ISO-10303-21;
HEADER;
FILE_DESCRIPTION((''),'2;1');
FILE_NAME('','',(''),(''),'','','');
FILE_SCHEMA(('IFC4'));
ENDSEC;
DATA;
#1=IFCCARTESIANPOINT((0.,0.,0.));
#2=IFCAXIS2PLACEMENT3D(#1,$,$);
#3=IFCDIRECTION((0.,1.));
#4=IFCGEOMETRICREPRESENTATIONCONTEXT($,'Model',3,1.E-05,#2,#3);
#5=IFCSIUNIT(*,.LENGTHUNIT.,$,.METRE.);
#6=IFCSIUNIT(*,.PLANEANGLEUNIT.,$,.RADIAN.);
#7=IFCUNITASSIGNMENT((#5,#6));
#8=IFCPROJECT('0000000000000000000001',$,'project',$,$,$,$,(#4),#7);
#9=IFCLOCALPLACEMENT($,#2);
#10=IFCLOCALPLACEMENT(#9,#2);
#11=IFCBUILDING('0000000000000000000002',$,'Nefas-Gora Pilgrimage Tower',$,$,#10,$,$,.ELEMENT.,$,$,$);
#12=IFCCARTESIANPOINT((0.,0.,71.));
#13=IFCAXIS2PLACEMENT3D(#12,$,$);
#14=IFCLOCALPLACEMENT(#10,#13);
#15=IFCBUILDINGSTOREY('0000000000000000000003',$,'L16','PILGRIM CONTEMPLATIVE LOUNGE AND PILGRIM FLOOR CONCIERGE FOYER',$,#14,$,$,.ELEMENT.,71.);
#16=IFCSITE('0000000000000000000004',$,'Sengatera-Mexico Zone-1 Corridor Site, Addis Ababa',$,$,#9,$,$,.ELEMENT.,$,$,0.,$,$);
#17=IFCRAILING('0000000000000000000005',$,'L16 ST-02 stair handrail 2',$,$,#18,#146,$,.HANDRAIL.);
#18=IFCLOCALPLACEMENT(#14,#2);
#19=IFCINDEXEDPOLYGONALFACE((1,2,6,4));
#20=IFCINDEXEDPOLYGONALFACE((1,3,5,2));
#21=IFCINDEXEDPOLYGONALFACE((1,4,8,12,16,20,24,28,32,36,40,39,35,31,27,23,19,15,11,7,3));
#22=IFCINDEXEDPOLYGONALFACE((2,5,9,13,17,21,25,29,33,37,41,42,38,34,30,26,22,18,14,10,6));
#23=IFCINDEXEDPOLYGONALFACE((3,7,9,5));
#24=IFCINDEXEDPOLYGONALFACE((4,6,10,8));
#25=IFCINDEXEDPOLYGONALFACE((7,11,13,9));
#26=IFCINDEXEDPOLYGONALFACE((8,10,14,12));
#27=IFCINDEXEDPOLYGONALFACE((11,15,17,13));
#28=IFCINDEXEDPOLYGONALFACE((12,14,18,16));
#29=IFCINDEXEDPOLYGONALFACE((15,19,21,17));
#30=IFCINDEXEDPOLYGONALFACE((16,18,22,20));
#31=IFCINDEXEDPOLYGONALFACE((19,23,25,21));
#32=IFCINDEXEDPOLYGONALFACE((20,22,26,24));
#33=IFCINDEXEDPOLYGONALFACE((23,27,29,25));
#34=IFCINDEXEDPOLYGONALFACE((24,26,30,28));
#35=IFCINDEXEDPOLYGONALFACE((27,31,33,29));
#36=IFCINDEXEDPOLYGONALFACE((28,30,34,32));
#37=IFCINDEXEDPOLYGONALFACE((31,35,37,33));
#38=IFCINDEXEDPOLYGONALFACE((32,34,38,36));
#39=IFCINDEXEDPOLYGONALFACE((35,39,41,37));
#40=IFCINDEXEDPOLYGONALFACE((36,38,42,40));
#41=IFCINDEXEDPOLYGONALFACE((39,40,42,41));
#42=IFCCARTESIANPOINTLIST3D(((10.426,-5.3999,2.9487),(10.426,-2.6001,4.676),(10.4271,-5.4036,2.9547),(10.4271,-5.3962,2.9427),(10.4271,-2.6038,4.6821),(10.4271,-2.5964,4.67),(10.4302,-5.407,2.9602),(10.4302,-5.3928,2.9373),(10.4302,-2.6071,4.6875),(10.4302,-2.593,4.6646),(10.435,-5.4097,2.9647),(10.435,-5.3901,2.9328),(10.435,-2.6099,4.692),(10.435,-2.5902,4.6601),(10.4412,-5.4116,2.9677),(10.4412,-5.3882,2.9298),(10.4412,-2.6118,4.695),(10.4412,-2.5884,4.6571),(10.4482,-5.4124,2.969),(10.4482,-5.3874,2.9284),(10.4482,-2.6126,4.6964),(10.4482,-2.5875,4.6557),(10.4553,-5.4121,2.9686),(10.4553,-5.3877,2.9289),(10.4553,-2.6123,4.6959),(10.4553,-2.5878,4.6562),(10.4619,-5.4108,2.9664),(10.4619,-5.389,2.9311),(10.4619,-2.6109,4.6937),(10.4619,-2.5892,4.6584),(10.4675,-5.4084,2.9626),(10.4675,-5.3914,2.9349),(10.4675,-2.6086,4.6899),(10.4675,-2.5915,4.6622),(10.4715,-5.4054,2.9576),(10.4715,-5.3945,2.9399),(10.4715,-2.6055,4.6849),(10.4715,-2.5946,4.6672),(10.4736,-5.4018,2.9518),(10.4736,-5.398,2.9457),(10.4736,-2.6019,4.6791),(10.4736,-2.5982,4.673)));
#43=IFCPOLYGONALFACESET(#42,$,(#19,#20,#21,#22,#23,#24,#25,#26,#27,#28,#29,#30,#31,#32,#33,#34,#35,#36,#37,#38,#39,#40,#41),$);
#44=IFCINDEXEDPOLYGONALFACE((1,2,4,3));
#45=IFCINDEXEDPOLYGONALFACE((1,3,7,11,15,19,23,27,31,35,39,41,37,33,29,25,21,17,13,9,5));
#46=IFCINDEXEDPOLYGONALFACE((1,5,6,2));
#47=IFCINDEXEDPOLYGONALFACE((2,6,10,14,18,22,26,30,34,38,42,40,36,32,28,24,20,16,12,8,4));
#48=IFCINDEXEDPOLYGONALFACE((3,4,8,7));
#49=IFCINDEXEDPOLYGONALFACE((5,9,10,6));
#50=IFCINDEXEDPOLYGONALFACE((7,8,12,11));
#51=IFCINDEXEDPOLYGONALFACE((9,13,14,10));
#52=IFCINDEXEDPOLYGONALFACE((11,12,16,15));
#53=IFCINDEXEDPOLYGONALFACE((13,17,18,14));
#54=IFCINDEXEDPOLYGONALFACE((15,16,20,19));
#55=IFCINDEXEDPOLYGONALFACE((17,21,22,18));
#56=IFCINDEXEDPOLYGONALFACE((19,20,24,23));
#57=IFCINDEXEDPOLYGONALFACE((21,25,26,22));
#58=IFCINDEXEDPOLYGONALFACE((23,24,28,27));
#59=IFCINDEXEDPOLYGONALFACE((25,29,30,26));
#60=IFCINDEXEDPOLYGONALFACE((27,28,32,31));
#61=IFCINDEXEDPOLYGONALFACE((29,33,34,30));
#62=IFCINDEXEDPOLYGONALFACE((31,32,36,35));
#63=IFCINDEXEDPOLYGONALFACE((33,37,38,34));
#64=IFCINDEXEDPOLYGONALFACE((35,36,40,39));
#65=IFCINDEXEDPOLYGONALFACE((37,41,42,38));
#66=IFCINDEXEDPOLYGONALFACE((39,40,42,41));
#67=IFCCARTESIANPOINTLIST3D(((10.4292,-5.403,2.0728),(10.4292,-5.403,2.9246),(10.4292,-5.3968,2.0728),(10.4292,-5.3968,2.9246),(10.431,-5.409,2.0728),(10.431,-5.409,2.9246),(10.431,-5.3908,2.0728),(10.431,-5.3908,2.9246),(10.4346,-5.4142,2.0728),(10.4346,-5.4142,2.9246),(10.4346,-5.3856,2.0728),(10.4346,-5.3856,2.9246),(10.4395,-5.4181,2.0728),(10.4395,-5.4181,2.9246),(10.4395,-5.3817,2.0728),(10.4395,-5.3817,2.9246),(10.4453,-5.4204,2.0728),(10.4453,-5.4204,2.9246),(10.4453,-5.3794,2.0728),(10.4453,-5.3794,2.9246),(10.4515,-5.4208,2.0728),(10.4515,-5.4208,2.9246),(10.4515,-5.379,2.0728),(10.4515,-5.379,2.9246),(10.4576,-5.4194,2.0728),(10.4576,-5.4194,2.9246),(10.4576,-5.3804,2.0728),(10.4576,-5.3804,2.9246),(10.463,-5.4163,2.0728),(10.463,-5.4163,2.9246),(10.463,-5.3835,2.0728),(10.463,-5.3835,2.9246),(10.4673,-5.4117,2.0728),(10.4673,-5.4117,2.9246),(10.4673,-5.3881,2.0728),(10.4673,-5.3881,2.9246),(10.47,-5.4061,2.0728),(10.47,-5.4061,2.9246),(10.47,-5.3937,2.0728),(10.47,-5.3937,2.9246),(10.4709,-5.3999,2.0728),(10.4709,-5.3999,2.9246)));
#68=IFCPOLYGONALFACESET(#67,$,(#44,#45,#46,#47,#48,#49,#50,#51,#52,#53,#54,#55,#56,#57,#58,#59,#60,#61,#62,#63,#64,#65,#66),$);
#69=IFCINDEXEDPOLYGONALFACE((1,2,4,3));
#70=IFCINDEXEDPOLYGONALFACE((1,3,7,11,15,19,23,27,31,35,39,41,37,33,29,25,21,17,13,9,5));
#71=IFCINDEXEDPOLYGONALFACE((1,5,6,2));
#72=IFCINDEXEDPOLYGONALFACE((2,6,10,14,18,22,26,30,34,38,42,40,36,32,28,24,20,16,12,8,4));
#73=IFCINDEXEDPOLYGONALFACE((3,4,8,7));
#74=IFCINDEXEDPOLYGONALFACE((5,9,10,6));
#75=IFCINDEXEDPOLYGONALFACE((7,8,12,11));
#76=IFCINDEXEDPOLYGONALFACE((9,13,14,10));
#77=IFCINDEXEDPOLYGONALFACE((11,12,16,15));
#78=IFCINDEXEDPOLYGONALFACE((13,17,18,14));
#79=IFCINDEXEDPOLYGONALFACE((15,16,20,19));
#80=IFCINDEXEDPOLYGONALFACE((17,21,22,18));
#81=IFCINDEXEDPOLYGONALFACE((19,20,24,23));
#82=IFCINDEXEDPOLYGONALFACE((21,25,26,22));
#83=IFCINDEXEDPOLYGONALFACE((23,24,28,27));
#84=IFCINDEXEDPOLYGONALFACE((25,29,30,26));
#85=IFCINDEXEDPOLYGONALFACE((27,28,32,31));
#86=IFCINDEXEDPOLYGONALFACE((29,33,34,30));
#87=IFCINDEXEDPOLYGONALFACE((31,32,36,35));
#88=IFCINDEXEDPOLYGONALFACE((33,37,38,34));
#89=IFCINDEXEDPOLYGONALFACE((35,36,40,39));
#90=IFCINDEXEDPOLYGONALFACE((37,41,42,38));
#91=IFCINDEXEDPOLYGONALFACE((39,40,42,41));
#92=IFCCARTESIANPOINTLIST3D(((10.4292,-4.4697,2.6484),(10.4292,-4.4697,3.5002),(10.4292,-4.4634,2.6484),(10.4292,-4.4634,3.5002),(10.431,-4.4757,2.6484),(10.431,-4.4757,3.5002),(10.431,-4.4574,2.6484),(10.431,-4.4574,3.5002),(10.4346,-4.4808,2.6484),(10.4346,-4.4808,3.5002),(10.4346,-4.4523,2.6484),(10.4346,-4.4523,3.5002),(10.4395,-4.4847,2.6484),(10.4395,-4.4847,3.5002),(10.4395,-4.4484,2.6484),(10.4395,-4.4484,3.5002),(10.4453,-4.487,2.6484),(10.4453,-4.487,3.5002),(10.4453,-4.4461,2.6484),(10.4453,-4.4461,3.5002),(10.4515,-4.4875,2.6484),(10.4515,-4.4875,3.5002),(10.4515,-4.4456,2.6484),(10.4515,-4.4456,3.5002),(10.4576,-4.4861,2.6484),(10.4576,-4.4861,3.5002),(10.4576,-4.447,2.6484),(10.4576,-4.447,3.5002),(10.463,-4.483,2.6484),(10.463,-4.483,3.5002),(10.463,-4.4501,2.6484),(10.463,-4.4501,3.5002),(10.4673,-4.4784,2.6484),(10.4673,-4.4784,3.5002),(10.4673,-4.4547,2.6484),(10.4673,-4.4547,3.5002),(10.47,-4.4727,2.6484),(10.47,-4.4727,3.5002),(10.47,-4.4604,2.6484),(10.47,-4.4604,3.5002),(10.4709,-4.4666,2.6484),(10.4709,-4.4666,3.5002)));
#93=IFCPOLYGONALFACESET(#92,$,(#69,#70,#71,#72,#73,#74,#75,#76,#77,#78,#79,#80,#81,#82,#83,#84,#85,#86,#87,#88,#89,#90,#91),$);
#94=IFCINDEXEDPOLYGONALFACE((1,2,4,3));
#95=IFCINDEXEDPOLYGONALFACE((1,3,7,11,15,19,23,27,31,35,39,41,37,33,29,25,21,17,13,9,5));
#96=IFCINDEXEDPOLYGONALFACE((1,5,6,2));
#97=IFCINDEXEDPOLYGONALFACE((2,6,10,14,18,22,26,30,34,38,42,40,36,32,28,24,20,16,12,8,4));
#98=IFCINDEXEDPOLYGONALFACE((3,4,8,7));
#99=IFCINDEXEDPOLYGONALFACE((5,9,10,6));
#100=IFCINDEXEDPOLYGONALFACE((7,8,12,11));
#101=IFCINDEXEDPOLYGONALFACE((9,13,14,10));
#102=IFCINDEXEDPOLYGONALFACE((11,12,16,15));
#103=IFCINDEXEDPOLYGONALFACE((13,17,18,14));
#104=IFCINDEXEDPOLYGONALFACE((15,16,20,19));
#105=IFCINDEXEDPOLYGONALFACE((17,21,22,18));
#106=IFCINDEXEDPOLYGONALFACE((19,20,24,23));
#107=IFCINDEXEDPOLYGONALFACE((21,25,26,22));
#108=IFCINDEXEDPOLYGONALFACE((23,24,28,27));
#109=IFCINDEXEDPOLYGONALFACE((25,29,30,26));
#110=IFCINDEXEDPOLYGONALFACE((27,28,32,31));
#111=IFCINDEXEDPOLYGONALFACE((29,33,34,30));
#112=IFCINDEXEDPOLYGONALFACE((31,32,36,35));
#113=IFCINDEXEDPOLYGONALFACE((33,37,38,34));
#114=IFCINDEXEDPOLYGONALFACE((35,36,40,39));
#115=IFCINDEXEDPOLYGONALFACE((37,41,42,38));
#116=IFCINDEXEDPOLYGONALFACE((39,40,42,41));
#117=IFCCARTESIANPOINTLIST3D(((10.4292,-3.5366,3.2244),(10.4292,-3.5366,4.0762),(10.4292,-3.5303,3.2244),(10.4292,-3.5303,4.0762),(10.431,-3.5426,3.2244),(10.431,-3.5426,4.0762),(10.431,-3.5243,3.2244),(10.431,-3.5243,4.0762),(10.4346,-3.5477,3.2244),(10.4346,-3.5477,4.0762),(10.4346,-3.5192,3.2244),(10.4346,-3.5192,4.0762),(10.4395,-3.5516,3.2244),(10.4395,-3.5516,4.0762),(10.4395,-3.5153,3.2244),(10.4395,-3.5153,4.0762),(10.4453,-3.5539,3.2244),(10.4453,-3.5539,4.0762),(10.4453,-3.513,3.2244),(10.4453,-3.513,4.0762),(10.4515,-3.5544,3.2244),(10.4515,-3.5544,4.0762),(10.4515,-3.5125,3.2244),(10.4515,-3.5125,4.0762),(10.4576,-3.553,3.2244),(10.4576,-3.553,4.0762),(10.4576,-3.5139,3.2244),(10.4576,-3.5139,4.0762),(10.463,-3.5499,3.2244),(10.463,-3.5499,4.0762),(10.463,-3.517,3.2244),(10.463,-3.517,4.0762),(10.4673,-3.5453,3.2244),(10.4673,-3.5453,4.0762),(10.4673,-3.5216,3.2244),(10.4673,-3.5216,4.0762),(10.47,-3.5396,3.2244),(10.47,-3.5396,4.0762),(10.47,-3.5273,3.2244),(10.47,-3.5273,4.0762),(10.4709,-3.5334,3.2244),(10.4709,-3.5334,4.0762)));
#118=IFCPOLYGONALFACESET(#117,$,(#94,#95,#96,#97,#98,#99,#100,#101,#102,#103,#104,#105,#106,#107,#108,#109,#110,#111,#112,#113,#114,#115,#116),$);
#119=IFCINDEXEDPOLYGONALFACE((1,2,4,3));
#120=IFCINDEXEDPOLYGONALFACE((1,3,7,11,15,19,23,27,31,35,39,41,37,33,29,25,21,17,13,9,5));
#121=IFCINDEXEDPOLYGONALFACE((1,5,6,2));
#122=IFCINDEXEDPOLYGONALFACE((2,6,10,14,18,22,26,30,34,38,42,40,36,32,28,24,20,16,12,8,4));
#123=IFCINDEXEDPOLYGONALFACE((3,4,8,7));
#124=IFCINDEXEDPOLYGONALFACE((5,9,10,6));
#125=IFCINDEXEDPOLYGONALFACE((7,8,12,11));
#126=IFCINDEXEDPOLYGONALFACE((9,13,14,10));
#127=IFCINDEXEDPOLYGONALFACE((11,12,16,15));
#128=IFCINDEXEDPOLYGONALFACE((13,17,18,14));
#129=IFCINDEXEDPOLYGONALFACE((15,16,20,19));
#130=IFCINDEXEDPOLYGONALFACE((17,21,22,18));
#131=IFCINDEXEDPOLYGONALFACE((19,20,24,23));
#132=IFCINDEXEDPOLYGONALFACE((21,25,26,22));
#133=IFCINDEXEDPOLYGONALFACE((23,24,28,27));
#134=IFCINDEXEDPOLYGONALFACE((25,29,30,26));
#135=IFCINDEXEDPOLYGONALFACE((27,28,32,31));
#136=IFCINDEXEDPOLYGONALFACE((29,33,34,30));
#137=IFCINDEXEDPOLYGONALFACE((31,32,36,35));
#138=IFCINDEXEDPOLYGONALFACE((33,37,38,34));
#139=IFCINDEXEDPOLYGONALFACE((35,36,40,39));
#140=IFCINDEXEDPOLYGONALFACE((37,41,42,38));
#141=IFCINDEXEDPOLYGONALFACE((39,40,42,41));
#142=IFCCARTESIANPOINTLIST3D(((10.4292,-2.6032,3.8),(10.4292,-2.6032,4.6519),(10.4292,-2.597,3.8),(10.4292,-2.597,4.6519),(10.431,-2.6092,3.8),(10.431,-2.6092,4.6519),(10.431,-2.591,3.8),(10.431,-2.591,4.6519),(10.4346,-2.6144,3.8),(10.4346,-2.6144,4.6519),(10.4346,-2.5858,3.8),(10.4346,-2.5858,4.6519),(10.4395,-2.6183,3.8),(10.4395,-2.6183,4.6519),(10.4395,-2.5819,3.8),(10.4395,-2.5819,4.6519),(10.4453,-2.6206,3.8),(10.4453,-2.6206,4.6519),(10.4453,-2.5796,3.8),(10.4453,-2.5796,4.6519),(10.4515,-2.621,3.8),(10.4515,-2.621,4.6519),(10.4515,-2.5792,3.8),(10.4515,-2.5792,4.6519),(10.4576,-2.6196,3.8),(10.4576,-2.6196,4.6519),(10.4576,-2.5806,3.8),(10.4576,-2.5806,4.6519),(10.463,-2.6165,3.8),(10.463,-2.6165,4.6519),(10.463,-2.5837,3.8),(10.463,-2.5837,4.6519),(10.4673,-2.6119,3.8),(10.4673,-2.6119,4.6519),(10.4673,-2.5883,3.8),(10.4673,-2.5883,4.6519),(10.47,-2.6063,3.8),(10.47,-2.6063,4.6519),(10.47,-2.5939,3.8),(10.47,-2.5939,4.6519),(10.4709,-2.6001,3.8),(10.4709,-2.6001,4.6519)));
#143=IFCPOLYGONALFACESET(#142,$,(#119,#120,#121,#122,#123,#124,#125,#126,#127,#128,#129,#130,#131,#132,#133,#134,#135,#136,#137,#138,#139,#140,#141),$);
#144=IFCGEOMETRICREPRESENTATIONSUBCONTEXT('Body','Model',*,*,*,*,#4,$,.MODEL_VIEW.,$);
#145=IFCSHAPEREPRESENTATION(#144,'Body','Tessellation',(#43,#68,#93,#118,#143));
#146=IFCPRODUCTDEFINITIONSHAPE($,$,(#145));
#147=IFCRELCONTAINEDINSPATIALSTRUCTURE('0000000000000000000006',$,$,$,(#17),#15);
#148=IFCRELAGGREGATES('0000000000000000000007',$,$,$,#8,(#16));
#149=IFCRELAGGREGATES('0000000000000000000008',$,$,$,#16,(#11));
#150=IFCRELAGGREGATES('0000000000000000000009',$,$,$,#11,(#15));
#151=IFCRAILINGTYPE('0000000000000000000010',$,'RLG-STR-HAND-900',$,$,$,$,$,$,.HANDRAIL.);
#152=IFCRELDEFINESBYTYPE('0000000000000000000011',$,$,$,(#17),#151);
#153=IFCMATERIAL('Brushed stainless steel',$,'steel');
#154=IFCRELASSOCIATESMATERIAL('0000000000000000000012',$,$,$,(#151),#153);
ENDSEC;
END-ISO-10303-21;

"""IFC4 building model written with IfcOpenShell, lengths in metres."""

from ifc_helpers import new_model, si_unit, direction, frame, origin, origin_2d, place, context, subcontext, project, spatial, circle, extrude, material, type_object, element, save


model = new_model("IFC4")

# Units and contexts
model_context = context("Model", 3, precision=1e-05, world=origin(), true_north=direction((0.0, 1.0)))
body_context = subcontext(model_context, "Body", "Model", "MODEL_VIEW")
ifc_project = project(units=[si_unit("LENGTHUNIT", "METRE"), si_unit("PLANEANGLEUNIT", "RADIAN")], contexts=[model_context])

# Site, building, storey
site_placement = place(None, origin())
site = spatial("IfcSite", under=ifc_project, at=site_placement, Name="Sengatera-Mexico Zone-1 Corridor Site, Addis Ababa", CompositionType="ELEMENT", RefElevation=0.0)
building_placement = place(site_placement, origin())
building = spatial("IfcBuilding", under=site, at=building_placement, Name="Nefas-Gora Pilgrimage Tower", CompositionType="ELEMENT")
storey_placement = place(building_placement, frame((0.0, 0.0, 71.0)))
storey = spatial("IfcBuildingStorey", under=building, at=storey_placement, Name="L16", Description="PILGRIM CONTEMPLATIVE LOUNGE AND PILGRIM FLOOR CONCIERGE FOYER", CompositionType="ELEMENT", Elevation=71.0)

# Railing
ifc_material_1 = material(Name="Brushed stainless steel", Category="steel")
railing_type_1 = type_object("IfcRailingType", Name="RLG-STR-HAND-900", PredefinedType="HANDRAIL", material=ifc_material_1)
railing_1_placement = place(storey_placement, frame((10.45, -5.3999, 2.0728)))
element("IfcRailing", 1, at=railing_1_placement, inside=storey, type_object=railing_type_1, Name="L16 ST-02 stair handrail 2", PredefinedType="HANDRAIL", context=body_context, shape_type="SweptSolid", body=[
    extrude(circle(Radius=0.0239, at=origin_2d()), frame((0.0, 0.0, 0.876), z_axis=(0.0, 0.851069, 0.525054), x_axis=(-1.0, 0.0, 0.0)), (0.0, 0.0, 1.0), 3.2898),
    extrude(circle(Radius=0.021, at=origin_2d()), origin(), (0.0, 0.0, 1.0), 0.8518),
    extrude(circle(Radius=0.021, at=origin_2d()), frame((0.0, 0.9333, 0.5757)), (0.0, 0.0, 1.0), 0.8518),
    extrude(circle(Radius=0.021, at=origin_2d()), frame((0.0, 1.8665, 1.1516)), (0.0, 0.0, 1.0), 0.8518),
    extrude(circle(Radius=0.021, at=origin_2d()), frame((0.0, 2.7998, 1.7273)), (0.0, 0.0, 1.0), 0.8518),
])

save(model, "model.ifc")
